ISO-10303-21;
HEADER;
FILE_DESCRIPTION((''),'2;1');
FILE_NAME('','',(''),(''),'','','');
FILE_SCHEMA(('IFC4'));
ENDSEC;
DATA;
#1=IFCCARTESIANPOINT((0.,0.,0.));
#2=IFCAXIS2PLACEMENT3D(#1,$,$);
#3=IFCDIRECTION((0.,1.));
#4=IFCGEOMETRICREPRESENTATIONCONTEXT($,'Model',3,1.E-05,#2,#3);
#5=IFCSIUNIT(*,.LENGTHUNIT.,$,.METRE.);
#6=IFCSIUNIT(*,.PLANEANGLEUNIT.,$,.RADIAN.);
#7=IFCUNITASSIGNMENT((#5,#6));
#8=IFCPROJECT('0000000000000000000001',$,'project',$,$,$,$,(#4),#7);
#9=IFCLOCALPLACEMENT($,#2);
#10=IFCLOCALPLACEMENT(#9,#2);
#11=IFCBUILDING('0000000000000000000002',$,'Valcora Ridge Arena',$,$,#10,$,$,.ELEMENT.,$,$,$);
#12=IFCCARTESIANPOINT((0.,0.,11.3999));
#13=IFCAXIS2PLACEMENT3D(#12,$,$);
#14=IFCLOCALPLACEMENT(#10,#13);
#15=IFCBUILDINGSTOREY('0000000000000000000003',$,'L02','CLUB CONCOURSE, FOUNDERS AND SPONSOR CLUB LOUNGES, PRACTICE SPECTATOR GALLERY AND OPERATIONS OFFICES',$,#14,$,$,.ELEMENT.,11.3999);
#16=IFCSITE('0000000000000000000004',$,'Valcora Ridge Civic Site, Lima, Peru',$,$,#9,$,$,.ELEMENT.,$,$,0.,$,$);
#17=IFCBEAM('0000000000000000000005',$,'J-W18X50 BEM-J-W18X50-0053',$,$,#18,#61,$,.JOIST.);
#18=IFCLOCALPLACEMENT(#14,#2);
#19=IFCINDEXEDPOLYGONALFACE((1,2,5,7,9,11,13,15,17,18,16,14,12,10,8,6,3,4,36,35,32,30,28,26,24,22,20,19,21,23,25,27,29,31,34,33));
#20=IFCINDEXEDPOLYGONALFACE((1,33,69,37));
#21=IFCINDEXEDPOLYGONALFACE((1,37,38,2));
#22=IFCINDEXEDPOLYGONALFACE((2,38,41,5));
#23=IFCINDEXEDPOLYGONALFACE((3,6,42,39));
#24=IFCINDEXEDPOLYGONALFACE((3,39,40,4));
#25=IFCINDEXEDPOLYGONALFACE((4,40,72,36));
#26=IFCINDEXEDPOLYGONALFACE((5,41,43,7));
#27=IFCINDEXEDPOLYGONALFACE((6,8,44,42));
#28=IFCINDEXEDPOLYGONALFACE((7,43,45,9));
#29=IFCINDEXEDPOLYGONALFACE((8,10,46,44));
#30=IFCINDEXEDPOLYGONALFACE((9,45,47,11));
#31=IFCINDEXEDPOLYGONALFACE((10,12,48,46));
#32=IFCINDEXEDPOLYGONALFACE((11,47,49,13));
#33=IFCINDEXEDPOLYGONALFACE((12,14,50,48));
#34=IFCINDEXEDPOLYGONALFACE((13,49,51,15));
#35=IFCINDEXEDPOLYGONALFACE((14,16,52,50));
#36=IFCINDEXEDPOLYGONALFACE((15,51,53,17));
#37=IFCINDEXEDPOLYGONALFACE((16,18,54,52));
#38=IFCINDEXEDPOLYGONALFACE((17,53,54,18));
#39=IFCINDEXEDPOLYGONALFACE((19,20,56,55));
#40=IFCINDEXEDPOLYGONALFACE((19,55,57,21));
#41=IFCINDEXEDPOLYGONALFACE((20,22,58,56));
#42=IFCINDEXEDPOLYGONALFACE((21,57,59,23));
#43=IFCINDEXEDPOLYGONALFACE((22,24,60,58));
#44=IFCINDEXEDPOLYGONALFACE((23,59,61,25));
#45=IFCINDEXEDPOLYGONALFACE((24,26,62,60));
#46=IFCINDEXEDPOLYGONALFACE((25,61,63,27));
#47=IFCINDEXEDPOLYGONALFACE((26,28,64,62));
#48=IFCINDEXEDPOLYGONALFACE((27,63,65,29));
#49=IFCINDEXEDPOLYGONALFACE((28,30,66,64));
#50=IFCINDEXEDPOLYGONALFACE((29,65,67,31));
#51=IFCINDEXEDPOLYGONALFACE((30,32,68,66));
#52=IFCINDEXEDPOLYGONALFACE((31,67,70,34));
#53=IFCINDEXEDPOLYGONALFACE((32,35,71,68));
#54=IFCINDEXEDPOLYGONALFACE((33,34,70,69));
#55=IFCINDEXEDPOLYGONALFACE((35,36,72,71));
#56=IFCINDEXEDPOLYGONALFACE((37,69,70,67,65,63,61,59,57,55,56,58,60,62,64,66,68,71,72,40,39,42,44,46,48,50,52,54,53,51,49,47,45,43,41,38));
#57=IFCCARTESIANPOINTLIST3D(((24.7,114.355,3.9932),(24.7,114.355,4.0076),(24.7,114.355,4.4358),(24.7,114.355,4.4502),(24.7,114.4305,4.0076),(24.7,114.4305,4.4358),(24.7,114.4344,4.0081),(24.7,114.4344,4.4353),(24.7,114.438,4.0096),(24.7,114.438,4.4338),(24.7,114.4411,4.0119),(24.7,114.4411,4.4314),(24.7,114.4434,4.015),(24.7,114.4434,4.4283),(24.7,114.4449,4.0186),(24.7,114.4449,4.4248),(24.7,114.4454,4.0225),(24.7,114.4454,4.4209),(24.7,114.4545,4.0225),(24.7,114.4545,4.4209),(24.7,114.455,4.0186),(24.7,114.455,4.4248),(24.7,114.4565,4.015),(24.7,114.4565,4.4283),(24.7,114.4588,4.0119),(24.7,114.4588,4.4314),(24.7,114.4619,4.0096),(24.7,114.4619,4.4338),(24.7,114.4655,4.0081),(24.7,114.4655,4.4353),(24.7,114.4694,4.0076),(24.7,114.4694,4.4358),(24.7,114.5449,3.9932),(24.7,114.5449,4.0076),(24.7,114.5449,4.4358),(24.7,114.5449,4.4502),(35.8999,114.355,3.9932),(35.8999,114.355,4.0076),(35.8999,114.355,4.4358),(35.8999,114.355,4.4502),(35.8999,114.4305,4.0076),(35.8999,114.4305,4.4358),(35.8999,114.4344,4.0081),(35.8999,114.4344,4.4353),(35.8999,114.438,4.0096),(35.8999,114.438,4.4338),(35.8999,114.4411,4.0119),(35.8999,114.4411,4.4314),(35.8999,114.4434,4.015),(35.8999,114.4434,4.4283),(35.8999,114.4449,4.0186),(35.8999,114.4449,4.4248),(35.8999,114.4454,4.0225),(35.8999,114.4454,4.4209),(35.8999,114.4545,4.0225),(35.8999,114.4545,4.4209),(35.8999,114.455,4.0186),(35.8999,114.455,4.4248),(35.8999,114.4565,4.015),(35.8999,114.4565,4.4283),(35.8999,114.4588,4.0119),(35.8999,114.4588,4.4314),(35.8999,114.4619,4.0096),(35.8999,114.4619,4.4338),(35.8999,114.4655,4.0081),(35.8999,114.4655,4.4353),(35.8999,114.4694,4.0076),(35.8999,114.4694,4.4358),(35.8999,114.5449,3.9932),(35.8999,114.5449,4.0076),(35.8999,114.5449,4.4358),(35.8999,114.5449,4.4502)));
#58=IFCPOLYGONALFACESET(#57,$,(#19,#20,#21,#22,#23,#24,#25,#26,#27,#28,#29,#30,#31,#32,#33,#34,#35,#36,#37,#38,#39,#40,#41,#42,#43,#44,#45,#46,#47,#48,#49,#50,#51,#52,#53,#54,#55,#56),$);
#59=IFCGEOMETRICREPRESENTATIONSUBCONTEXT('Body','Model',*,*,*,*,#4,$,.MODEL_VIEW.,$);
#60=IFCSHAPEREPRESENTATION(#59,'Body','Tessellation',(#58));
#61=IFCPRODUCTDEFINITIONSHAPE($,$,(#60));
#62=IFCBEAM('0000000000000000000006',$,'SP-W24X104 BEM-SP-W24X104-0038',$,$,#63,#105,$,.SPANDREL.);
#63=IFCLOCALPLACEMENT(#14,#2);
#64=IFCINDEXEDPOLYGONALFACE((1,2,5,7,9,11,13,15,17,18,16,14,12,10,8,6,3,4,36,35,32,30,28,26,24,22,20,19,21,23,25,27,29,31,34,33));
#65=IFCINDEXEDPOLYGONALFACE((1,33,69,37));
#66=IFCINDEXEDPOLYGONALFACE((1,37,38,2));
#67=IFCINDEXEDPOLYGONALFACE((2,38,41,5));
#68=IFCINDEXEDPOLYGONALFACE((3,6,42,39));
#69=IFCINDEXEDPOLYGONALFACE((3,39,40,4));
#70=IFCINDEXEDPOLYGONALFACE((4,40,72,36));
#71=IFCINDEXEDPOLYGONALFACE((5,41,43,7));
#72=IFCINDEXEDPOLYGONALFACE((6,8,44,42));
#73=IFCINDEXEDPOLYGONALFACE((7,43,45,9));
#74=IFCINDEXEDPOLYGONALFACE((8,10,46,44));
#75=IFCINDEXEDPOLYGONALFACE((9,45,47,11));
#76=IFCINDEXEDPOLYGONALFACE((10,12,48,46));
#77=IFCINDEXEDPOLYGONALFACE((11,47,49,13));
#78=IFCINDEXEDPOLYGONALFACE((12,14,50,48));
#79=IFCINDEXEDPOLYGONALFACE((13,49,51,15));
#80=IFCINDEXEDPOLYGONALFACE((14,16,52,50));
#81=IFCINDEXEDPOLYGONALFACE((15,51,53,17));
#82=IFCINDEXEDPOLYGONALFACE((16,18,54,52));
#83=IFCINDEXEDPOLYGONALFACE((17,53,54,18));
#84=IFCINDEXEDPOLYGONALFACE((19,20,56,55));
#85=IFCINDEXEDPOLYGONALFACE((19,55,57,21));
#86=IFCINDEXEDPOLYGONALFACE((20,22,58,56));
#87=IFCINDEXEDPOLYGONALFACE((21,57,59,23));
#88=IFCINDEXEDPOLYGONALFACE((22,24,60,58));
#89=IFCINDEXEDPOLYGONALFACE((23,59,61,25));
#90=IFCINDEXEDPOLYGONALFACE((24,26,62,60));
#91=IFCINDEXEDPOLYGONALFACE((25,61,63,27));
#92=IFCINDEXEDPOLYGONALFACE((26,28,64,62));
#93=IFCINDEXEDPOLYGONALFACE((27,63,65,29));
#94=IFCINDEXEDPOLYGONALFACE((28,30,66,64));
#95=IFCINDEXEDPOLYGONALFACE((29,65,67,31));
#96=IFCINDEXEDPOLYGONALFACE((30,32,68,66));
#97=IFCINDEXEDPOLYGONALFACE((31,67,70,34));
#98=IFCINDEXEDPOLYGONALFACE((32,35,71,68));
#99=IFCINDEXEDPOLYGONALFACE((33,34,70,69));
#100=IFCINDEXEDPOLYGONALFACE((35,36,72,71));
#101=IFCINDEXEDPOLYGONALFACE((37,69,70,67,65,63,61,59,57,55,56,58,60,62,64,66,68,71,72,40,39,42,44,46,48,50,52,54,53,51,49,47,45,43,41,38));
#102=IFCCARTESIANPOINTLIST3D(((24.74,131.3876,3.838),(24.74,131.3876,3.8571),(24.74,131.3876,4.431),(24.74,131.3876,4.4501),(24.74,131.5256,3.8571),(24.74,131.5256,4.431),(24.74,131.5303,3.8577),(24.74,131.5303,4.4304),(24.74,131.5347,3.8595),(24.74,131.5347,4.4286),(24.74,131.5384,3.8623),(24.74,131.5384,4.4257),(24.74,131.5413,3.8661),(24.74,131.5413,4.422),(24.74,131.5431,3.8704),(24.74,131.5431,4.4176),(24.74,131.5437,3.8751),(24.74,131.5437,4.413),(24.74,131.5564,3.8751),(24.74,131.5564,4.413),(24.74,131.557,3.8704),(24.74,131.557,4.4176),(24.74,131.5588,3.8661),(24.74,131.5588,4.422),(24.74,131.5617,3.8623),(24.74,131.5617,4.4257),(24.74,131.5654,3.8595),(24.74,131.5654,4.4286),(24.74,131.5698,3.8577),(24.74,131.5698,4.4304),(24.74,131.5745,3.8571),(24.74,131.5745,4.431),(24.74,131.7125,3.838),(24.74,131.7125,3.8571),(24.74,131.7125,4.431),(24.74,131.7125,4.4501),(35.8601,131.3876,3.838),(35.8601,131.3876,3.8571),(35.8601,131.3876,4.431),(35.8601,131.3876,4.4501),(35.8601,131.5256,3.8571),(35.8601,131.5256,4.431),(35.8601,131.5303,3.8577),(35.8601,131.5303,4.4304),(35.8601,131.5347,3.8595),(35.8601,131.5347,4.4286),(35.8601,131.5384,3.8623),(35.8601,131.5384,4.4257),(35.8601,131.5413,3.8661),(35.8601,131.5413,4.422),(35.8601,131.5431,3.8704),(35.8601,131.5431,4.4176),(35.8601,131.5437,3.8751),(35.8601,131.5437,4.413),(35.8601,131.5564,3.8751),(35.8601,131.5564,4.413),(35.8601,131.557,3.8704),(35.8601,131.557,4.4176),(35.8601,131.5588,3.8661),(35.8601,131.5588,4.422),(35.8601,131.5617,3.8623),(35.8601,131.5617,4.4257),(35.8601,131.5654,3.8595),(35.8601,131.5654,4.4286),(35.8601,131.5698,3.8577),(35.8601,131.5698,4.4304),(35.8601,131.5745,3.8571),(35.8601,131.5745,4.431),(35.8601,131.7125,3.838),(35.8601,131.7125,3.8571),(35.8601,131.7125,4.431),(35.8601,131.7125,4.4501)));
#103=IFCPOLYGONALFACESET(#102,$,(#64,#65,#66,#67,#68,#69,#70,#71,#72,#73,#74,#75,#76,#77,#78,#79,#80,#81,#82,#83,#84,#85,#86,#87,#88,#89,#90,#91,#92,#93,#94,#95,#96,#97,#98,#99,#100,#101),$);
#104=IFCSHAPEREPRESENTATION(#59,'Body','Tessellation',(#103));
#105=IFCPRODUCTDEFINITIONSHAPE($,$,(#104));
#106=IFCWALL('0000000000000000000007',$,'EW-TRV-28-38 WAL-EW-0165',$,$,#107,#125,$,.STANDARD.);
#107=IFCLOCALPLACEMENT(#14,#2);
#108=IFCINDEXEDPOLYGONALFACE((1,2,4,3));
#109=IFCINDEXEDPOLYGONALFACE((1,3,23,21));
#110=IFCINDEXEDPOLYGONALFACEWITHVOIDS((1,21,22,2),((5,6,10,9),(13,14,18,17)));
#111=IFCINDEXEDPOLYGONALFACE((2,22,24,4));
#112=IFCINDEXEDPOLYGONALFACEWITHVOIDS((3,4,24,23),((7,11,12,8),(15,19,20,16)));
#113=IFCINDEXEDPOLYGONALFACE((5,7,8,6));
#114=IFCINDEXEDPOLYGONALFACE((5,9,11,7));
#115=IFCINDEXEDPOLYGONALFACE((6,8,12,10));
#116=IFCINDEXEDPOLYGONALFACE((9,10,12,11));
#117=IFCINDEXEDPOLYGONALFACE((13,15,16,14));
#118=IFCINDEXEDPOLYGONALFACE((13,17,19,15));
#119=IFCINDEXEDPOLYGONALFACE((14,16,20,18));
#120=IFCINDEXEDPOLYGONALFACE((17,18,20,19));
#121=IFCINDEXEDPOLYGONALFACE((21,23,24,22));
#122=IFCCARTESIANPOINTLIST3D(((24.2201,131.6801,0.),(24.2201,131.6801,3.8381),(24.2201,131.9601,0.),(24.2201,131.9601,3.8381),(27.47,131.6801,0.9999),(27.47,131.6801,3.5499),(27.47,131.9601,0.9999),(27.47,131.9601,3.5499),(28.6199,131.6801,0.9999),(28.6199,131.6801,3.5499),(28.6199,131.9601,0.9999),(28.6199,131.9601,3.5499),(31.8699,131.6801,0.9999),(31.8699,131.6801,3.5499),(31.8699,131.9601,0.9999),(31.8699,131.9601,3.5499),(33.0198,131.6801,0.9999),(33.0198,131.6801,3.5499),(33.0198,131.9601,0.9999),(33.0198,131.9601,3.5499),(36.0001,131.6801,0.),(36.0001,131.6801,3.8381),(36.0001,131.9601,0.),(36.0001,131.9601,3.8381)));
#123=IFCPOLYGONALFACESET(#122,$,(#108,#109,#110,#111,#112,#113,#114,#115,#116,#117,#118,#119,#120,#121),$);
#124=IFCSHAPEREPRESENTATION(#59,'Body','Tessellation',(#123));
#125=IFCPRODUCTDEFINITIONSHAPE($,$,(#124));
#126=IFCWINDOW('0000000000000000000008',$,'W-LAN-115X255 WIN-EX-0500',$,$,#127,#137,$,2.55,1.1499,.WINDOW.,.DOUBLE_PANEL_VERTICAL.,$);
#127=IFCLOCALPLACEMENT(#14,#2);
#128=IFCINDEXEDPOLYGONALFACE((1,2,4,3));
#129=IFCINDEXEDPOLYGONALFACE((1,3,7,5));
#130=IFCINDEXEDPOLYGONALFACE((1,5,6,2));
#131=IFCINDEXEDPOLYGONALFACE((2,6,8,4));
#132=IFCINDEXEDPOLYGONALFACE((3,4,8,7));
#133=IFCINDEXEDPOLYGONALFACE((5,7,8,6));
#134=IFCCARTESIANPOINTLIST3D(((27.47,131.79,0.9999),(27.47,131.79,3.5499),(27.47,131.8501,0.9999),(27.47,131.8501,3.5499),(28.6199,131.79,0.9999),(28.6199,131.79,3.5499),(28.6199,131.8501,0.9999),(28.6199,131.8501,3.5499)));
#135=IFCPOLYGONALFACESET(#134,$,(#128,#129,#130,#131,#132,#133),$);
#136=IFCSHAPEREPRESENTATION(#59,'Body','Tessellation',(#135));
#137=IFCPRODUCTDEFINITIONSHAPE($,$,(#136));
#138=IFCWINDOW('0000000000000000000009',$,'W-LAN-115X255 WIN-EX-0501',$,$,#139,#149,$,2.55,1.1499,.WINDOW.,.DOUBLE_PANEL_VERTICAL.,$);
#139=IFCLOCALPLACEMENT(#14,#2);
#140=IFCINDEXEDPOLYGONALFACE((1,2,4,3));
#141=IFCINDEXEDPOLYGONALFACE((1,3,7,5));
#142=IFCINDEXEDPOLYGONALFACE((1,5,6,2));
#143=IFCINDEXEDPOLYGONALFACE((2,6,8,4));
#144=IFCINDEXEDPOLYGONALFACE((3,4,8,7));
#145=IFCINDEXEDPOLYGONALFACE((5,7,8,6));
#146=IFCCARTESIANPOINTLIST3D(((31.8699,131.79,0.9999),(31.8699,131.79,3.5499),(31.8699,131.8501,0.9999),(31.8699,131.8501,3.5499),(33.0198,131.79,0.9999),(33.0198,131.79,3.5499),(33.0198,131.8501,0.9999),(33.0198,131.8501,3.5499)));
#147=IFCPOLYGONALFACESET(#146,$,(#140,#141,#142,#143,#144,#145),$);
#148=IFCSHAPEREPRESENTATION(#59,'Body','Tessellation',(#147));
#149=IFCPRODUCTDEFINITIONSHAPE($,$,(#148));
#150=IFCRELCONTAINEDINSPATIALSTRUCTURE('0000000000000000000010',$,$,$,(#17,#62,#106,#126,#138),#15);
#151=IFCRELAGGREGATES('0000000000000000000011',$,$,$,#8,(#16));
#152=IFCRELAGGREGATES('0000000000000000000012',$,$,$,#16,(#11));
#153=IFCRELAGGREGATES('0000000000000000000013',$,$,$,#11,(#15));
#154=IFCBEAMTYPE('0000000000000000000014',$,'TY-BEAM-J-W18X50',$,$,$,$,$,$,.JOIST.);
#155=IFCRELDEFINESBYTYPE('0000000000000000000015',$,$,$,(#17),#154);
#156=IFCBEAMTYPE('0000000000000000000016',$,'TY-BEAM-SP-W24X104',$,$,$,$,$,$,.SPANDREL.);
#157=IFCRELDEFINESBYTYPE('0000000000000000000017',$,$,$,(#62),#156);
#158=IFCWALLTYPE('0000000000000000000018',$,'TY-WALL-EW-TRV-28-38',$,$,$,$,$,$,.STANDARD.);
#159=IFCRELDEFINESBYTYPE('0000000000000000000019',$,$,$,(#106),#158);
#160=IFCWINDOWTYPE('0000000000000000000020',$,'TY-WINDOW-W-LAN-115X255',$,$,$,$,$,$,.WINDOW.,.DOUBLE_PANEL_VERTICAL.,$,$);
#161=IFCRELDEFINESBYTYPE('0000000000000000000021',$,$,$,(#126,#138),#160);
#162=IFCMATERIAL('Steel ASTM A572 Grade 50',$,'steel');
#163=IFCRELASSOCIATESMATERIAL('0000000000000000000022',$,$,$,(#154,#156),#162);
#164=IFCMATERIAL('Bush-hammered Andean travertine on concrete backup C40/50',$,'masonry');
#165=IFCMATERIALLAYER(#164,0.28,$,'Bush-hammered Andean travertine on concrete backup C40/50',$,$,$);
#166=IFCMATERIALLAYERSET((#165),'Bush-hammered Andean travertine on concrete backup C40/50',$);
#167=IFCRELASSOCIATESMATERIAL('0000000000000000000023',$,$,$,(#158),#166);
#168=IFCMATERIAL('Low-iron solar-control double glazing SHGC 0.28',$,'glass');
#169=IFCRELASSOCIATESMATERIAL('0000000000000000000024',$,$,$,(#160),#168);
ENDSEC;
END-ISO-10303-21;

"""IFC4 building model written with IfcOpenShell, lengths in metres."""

from ifc_helpers import new_model, si_unit, direction, frame, frame_2d, origin, origin_2d, place, context, subcontext, project, spatial, rectangle, i_section, extrude, material, layer, layer_set, material_profile, profile_set, type_object, element, fill, save


model = new_model("IFC4")

# Units and contexts
model_context = context("Model", 3, precision=1e-05, world=origin(), true_north=direction((0.0, 1.0)))
body_context = subcontext(model_context, "Body", "Model", "MODEL_VIEW")
ifc_project = project(units=[si_unit("LENGTHUNIT", "METRE"), si_unit("PLANEANGLEUNIT", "RADIAN")], contexts=[model_context])

# Site, building, storey
site_placement = place(None, origin())
site = spatial("IfcSite", under=ifc_project, at=site_placement, Name="Valcora Ridge Civic Site, Lima, Peru", CompositionType="ELEMENT", RefElevation=0.0)
building_placement = place(site_placement, origin())
building = spatial("IfcBuilding", under=site, at=building_placement, Name="Valcora Ridge Arena", CompositionType="ELEMENT")
storey_placement = place(building_placement, frame((0.0, 0.0, 11.3999)))
storey = spatial("IfcBuildingStorey", under=building, at=storey_placement, Name="L02", Description="CLUB CONCOURSE, FOUNDERS AND SPONSOR CLUB LOUNGES, PRACTICE SPECTATOR GALLERY AND OPERATIONS OFFICES", CompositionType="ELEMENT", Elevation=11.3999)

# Beams
ifc_material_1 = material(Name="Steel ASTM A572 Grade 50", Category="steel")
ifc_material_profile_1 = material_profile(ifc_material_1, i_section(OverallWidth=0.1899, OverallDepth=0.457, WebThickness=0.009, FlangeThickness=0.0144, FilletRadius=0.0149, at=origin_2d()), Name="W18X50")
ifc_profile_set_1 = profile_set([ifc_material_profile_1], Name="Steel ASTM A572 Grade 50")
beam_type_1 = type_object("IfcBeamType", Name="TY-BEAM-J-W18X50", PredefinedType="JOIST", material=ifc_profile_set_1)
beam_1_placement = place(storey_placement, frame((24.7, 114.45, 4.2217), z_axis=(1.0, 0.0, 0.0), x_axis=(0.0, 1.0, 0.0)))
element("IfcBeam", 1, at=beam_1_placement, inside=storey, type_object=beam_type_1, Name="J-W18X50 BEM-J-W18X50-0053", PredefinedType="JOIST", context=body_context, shape_type="SweptSolid", body=[
    extrude(i_section(OverallWidth=0.1899, OverallDepth=0.457, WebThickness=0.009, FlangeThickness=0.0144, FilletRadius=0.0149, at=origin_2d()), origin(), (0.0, 0.0, 1.0), 11.2),
])
ifc_material_profile_2 = material_profile(ifc_material_1, i_section(OverallWidth=0.325, OverallDepth=0.6121, WebThickness=0.0127, FlangeThickness=0.019, FilletRadius=0.0181, at=origin_2d()), Name="W24X104")
ifc_profile_set_2 = profile_set([ifc_material_profile_2], Name="Steel ASTM A572 Grade 50")
beam_type_2 = type_object("IfcBeamType", Name="TY-BEAM-SP-W24X104", PredefinedType="SPANDREL", material=ifc_profile_set_2)
beam_2_placement = place(storey_placement, frame((24.74, 131.55, 4.144), z_axis=(1.0, 0.0, 0.0), x_axis=(0.0, 1.0, 0.0)))
element("IfcBeam", 2, at=beam_2_placement, inside=storey, type_object=beam_type_2, Name="SP-W24X104 BEM-SP-W24X104-0038", PredefinedType="SPANDREL", context=body_context, shape_type="SweptSolid", body=[
    extrude(i_section(OverallWidth=0.325, OverallDepth=0.6121, WebThickness=0.0127, FlangeThickness=0.019, FilletRadius=0.0181, at=origin_2d()), origin(), (0.0, 0.0, 1.0), 11.1201),
])

# Wall, openings, windows
ifc_material_2 = material(Name="Bush-hammered Andean travertine on concrete backup C40/50", Category="masonry")
ifc_layer_1 = layer(ifc_material_2, 0.28, Name="Bush-hammered Andean travertine on concrete backup C40/50")
ifc_layer_set_1 = layer_set([ifc_layer_1], Name="Bush-hammered Andean travertine on concrete backup C40/50")
wall_type_1 = type_object("IfcWallType", Name="TY-WALL-EW-TRV-28-38", PredefinedType="STANDARD", material=ifc_layer_set_1)
wall_1_placement = place(storey_placement, frame((24.22, 131.8201, 0.0), z_axis=(0.0, 0.0, 1.0), x_axis=(1.0, 0.0, 0.0)))
wall_1 = element("IfcWall", 3, at=wall_1_placement, inside=storey, type_object=wall_type_1, Name="EW-TRV-28-38 WAL-EW-0165", PredefinedType="STANDARD", context=body_context, shape_type="SweptSolid", body=[
    extrude(rectangle(XDim=11.78, YDim=0.28, at=frame_2d((5.8901, 0.0))), origin(), (0.0, 0.0, 1.0), 3.8381),
])
opening_1_placement = place(wall_1_placement, frame((3.25, 0.0, 1.0)))
opening_1 = element("IfcOpeningElement", 4, at=opening_1_placement, cuts=wall_1, PredefinedType="OPENING", context=body_context, shape_type="SweptSolid", body=[
    extrude(rectangle(XDim=1.1499, YDim=2.55, at=frame_2d((0.575, 1.2749))), frame((0.0, 0.1499, 0.0), z_axis=(0.0, -1.0, 0.0), x_axis=(1.0, 0.0, 0.0)), (0.0, 0.0, 1.0), 0.3),
])
opening_2_placement = place(wall_1_placement, frame((7.6499, 0.0, 1.0)))
opening_2 = element("IfcOpeningElement", 5, at=opening_2_placement, cuts=wall_1, PredefinedType="OPENING", context=body_context, shape_type="SweptSolid", body=[
    extrude(rectangle(XDim=1.1499, YDim=2.55, at=frame_2d((0.575, 1.2749))), frame((0.0, 0.1499, 0.0), z_axis=(0.0, -1.0, 0.0), x_axis=(1.0, 0.0, 0.0)), (0.0, 0.0, 1.0), 0.3),
])
ifc_material_3 = material(Name="Low-iron solar-control double glazing SHGC 0.28", Category="glass")
window_type_1 = type_object("IfcWindowType", Name="TY-WINDOW-W-LAN-115X255", PartitioningType="DOUBLE_PANEL_VERTICAL", PredefinedType="WINDOW", material=ifc_material_3)
window_1_placement = place(opening_1_placement, origin())
window_1 = element("IfcWindow", 6, at=window_1_placement, inside=storey, type_object=window_type_1, Name="W-LAN-115X255 WIN-EX-0500", OverallHeight=2.55, OverallWidth=1.1499, PartitioningType="DOUBLE_PANEL_VERTICAL", PredefinedType="WINDOW", context=body_context, shape_type="SweptSolid", body=[
    extrude(rectangle(XDim=1.1499, YDim=2.55, at=frame_2d((0.575, 1.2749))), frame((0.0, 0.03, 0.0), z_axis=(0.0, -1.0, 0.0), x_axis=(1.0, 0.0, 0.0)), (0.0, 0.0, 1.0), 0.0601),
])
fill(opening_1, window_1)
window_2_placement = place(opening_2_placement, origin())
window_2 = element("IfcWindow", 7, at=window_2_placement, inside=storey, type_object=window_type_1, Name="W-LAN-115X255 WIN-EX-0501", OverallHeight=2.55, OverallWidth=1.1499, PartitioningType="DOUBLE_PANEL_VERTICAL", PredefinedType="WINDOW", context=body_context, shape_type="SweptSolid", body=[
    extrude(rectangle(XDim=1.1499, YDim=2.55, at=frame_2d((0.575, 1.2749))), frame((0.0, 0.03, 0.0), z_axis=(0.0, -1.0, 0.0), x_axis=(1.0, 0.0, 0.0)), (0.0, 0.0, 1.0), 0.0601),
])
fill(opening_2, window_2)

save(model, "model.ifc")
